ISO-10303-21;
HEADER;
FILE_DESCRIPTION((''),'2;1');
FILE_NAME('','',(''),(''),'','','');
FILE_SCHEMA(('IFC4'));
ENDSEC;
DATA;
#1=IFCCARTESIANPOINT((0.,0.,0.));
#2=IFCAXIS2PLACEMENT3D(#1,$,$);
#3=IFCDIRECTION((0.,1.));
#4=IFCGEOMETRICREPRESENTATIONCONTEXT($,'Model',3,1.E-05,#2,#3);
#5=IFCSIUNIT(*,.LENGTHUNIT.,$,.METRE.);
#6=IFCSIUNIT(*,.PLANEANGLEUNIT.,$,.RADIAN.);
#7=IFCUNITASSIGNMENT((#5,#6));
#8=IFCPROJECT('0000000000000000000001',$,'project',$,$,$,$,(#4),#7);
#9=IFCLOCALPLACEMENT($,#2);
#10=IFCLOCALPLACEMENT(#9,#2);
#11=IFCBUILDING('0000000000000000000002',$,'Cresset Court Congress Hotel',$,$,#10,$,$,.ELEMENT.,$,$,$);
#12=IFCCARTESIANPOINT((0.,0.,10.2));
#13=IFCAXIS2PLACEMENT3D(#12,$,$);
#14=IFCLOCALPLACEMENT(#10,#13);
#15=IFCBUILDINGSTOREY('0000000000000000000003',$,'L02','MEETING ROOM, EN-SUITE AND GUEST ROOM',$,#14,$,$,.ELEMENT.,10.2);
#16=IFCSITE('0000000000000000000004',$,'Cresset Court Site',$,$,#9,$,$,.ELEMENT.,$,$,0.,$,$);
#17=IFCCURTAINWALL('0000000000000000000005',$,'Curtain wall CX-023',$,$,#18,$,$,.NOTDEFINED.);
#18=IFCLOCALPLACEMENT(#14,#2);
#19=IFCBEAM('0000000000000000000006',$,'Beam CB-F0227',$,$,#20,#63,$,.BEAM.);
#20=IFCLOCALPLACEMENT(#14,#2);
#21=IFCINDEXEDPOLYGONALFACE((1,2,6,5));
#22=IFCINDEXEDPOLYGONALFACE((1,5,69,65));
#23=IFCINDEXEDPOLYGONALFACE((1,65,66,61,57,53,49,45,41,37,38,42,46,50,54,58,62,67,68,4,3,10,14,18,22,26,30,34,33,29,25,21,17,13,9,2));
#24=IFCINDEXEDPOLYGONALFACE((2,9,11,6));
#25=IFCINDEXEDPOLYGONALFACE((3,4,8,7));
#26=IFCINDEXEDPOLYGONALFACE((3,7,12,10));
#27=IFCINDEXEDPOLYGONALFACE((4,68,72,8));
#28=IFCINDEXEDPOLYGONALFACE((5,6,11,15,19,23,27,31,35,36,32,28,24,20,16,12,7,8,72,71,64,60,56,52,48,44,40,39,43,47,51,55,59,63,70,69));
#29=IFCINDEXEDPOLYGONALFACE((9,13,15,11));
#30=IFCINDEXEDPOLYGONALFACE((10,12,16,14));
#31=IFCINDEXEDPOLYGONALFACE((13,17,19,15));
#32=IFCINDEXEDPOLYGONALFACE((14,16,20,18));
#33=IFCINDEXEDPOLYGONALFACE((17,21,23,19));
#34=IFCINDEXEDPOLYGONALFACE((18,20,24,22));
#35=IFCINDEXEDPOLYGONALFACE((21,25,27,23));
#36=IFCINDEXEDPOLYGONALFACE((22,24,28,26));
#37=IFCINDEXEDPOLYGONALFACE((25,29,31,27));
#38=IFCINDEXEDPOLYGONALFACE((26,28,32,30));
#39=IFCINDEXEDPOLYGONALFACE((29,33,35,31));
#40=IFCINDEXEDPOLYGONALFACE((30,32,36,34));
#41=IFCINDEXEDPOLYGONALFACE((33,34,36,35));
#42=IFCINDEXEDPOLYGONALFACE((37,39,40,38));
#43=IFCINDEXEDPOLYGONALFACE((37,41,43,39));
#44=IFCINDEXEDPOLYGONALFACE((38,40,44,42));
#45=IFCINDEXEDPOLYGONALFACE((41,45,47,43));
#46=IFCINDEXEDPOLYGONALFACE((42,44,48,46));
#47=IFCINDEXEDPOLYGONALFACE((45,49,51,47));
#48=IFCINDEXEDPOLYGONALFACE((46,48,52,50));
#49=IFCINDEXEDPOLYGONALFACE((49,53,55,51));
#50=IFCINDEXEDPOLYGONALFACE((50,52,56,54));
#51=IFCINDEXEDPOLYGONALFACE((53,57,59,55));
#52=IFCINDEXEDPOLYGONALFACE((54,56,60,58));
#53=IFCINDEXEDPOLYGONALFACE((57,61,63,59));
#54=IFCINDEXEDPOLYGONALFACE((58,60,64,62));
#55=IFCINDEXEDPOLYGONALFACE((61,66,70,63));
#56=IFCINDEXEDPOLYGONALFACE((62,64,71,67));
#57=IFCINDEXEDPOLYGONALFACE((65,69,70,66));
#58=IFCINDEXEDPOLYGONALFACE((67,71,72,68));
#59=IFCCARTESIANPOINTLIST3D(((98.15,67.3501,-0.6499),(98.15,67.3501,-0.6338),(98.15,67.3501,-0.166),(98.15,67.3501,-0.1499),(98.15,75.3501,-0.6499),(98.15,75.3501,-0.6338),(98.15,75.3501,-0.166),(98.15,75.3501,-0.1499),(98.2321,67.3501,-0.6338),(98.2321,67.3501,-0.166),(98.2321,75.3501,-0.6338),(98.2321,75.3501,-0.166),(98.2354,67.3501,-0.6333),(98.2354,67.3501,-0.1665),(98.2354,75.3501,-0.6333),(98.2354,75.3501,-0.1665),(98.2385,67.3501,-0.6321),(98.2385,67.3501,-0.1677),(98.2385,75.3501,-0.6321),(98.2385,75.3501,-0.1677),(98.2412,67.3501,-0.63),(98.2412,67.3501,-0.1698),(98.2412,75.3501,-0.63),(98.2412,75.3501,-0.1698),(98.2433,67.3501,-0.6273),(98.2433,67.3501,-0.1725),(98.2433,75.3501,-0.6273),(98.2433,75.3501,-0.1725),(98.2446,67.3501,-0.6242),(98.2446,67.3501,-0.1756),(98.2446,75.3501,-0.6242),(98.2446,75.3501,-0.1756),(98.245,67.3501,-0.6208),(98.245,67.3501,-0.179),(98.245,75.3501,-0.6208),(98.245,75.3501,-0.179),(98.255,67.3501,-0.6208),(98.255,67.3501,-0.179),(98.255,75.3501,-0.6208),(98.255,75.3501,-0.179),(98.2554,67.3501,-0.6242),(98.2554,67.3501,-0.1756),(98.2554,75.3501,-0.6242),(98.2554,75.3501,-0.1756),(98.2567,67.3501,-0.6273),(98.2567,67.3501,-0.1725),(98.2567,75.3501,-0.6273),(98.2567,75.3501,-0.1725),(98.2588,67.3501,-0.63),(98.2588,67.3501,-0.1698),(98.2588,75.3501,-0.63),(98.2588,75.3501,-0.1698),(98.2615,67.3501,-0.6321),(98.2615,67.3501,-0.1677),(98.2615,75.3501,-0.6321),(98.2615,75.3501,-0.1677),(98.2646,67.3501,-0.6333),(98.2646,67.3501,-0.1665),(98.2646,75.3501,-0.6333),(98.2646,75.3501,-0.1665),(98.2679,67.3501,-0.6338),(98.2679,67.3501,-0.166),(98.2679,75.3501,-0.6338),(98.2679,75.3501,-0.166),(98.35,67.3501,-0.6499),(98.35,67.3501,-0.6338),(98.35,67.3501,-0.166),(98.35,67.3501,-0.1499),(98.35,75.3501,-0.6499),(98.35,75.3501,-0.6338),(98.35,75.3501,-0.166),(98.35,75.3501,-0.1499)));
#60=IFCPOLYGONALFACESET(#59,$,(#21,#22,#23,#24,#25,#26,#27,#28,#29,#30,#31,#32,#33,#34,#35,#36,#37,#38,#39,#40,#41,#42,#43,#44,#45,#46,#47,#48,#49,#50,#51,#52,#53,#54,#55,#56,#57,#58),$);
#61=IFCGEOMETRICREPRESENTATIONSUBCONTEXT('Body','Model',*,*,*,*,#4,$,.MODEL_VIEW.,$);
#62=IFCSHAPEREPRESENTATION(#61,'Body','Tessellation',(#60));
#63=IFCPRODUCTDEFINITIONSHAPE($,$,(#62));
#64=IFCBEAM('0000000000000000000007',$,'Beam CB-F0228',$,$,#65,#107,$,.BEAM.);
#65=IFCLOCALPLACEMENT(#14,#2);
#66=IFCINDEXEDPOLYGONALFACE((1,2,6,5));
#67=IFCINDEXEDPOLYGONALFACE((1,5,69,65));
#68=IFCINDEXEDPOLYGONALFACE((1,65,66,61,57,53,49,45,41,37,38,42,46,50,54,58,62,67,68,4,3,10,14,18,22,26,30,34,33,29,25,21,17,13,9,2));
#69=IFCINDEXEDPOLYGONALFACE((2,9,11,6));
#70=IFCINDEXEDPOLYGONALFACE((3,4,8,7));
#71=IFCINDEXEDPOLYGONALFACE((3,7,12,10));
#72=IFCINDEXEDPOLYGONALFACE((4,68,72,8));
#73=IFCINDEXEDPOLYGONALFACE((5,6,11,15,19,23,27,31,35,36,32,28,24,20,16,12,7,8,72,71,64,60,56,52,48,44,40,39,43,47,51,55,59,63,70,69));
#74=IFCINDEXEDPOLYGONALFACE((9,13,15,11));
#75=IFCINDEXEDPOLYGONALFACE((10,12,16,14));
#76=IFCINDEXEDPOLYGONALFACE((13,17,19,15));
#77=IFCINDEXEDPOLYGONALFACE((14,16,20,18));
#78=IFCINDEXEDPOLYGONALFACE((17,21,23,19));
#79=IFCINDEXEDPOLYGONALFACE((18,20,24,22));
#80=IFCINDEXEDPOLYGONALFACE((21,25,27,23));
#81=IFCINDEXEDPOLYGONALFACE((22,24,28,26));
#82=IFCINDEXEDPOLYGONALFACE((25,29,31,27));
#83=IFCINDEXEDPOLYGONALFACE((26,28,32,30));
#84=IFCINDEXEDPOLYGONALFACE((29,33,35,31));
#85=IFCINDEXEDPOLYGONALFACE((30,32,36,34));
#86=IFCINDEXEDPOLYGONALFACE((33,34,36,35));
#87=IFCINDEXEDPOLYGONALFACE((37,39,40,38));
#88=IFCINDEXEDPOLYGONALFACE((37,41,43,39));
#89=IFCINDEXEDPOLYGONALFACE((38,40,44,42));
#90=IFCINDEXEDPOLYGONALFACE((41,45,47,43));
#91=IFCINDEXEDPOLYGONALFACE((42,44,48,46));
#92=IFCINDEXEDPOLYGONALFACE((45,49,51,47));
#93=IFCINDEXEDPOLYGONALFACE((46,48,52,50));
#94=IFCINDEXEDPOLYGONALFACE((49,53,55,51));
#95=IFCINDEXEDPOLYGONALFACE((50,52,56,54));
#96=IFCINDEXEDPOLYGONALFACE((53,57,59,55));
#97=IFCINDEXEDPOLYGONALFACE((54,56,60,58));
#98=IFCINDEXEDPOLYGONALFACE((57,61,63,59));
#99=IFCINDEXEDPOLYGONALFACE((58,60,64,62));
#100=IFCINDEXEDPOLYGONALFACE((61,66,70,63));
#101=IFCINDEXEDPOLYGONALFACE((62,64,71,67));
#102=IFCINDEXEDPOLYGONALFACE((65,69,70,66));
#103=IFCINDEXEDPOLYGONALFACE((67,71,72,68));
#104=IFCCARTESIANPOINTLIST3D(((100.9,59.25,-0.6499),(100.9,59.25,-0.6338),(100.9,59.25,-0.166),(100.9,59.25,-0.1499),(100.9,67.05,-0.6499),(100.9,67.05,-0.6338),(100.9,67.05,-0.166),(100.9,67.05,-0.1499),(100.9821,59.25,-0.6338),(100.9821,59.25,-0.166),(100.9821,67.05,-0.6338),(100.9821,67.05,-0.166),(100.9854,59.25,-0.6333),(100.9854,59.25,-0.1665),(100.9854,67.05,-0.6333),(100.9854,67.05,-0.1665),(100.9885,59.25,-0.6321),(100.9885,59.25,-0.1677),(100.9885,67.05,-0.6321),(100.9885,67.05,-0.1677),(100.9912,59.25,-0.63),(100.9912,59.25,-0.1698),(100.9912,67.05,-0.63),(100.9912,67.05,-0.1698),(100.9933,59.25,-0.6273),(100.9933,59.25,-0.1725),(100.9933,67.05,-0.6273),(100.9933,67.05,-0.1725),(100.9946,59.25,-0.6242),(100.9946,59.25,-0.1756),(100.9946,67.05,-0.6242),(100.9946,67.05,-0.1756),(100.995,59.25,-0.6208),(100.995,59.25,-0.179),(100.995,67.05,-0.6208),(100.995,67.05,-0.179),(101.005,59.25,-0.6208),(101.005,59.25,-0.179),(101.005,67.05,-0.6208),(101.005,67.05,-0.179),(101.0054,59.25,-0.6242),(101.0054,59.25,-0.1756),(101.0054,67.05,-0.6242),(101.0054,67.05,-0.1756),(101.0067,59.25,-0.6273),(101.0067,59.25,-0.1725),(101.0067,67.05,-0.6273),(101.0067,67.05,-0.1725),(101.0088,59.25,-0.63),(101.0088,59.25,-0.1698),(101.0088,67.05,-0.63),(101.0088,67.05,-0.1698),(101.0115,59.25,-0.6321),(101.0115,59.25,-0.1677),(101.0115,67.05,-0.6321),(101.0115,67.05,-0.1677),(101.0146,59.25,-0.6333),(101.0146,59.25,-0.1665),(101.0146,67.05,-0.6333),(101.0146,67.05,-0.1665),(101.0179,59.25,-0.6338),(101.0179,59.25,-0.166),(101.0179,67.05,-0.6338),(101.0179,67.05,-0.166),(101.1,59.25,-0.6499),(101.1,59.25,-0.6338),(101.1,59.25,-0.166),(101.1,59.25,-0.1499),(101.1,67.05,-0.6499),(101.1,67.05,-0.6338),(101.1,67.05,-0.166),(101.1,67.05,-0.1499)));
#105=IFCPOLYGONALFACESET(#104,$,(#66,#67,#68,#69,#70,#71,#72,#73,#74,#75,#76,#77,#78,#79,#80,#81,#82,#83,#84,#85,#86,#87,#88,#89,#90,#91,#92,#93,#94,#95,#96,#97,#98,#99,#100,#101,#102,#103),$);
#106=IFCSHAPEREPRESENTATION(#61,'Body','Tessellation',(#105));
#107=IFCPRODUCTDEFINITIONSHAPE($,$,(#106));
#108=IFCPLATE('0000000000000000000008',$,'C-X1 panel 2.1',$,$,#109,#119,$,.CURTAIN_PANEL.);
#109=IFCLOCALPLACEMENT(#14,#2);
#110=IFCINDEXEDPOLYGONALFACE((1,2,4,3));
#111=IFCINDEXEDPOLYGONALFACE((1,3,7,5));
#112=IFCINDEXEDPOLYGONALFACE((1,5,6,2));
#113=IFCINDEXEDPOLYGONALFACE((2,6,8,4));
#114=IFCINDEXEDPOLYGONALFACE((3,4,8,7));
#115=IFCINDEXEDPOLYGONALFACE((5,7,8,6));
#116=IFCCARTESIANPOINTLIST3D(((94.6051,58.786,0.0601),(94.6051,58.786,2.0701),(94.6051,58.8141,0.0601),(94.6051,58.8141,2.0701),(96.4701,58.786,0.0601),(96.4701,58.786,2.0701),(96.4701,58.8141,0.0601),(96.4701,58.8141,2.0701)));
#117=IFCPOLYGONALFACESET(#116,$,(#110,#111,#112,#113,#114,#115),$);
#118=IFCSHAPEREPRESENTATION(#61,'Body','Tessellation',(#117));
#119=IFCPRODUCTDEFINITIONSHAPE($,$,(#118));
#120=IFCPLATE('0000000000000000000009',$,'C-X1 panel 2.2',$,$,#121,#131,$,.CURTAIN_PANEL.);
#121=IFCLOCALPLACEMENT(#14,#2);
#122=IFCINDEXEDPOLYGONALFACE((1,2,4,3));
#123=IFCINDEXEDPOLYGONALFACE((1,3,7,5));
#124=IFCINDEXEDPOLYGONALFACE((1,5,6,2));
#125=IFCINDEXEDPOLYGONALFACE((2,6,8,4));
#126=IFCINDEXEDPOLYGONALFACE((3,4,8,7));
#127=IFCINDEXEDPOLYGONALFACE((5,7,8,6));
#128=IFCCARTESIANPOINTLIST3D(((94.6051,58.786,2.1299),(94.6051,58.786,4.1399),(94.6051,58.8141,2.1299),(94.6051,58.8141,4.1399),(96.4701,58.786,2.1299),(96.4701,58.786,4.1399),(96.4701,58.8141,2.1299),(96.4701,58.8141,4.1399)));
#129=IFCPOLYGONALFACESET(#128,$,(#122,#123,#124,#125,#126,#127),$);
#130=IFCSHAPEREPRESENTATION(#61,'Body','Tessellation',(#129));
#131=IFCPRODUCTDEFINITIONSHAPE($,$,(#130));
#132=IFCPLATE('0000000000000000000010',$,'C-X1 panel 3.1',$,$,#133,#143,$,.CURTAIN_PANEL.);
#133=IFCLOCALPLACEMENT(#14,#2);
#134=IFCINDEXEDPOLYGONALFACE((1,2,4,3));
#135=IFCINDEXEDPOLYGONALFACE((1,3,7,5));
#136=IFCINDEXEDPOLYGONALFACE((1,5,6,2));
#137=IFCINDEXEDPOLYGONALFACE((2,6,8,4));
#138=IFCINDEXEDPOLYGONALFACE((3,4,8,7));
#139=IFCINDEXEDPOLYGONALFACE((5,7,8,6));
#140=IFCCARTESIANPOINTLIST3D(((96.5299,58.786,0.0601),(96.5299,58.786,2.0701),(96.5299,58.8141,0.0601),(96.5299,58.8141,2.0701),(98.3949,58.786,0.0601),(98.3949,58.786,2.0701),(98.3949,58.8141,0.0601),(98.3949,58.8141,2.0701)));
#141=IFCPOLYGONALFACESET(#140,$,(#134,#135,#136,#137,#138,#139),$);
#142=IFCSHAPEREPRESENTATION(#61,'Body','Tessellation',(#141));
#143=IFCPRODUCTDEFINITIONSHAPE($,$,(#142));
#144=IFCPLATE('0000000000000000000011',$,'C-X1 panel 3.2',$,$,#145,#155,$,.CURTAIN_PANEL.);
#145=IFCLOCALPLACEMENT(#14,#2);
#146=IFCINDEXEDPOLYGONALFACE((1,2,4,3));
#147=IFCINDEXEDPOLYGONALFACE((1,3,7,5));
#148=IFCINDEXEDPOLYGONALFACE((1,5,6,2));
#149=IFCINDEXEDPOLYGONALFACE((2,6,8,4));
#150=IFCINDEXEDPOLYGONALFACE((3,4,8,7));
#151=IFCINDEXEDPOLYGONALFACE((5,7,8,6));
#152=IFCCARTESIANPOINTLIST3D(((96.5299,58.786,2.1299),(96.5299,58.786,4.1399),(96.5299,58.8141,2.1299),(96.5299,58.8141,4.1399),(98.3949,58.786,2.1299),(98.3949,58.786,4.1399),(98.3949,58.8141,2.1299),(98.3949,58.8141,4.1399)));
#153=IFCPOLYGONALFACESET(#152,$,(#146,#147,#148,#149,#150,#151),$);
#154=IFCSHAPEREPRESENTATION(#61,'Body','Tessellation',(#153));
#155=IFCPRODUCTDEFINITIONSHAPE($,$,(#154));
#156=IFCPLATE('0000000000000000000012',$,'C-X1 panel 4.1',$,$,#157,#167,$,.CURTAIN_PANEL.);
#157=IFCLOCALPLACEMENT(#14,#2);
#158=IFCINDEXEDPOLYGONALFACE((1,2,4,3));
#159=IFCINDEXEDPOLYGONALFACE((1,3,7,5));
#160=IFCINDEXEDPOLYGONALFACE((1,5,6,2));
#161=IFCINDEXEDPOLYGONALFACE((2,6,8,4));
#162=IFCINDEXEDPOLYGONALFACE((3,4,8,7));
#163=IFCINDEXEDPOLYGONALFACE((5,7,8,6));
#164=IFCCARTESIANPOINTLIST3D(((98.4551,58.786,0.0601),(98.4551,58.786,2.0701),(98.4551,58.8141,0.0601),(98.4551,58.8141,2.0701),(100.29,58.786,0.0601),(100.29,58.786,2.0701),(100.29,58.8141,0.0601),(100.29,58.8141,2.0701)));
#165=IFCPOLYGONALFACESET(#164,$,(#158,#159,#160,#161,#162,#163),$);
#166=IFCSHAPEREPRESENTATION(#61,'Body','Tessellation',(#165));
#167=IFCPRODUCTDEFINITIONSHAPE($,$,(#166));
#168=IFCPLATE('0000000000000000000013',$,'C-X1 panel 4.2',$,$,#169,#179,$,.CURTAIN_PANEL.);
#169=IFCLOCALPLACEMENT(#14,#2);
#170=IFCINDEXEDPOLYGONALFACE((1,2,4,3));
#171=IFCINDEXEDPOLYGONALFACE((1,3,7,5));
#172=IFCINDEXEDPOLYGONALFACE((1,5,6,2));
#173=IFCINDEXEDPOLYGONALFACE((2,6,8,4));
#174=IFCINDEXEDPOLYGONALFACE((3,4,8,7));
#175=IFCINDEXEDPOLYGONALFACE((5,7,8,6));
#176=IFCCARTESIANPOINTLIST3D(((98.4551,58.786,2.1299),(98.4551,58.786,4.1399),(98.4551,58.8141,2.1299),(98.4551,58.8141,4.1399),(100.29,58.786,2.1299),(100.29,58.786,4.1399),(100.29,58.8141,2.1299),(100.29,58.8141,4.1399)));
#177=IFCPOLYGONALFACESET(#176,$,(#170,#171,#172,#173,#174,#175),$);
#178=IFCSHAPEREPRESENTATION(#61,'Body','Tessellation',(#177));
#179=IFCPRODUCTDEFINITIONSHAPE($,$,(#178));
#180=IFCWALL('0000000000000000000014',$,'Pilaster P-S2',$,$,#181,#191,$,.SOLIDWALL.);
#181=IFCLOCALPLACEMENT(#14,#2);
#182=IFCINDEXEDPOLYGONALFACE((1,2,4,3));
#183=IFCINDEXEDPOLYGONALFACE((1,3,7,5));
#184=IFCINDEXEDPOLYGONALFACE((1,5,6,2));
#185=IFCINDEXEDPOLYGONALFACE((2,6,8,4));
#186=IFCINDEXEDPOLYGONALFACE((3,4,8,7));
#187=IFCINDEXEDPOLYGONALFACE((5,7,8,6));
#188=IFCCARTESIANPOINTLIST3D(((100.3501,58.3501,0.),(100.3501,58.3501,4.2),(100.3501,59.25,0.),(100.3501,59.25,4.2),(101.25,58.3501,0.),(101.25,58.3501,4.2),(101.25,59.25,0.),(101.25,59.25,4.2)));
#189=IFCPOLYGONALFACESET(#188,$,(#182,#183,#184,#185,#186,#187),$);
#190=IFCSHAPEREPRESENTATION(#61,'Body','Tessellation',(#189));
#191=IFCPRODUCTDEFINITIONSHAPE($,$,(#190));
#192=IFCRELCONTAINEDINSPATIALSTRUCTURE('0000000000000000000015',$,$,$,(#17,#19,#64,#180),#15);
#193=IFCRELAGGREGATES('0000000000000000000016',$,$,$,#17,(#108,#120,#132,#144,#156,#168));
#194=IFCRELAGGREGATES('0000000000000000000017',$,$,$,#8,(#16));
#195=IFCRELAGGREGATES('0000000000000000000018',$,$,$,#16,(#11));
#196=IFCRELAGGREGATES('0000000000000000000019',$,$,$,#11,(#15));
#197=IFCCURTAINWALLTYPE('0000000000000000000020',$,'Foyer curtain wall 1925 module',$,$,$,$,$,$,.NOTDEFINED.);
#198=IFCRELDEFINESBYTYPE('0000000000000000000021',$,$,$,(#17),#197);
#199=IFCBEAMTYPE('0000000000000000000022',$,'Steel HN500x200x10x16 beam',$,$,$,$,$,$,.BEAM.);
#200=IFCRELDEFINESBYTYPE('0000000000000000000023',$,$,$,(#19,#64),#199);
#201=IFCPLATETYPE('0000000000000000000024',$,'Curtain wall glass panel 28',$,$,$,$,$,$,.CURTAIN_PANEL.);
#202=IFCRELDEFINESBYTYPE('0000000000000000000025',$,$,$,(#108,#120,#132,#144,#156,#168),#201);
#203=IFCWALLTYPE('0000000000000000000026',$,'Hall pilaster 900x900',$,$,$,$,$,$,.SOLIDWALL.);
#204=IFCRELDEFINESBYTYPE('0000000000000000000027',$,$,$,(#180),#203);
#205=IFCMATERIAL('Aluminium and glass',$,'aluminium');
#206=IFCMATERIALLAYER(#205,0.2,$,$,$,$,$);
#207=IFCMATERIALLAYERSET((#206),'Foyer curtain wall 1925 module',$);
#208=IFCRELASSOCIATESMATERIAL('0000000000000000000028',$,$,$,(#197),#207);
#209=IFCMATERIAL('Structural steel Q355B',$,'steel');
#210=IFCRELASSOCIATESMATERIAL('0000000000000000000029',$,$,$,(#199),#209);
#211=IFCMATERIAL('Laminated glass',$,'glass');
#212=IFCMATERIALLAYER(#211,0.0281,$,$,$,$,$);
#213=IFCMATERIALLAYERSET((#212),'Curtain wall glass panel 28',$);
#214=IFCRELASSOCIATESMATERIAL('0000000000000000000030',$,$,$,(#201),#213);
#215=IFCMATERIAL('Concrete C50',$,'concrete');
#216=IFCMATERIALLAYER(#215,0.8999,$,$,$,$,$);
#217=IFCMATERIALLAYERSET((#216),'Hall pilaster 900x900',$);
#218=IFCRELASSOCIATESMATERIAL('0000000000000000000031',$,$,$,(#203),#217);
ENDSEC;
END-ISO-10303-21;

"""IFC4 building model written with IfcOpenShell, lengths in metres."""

from ifc_helpers import new_model, si_unit, direction, frame, frame_2d, origin, origin_2d, place, context, subcontext, project, spatial, rectangle, i_section, extrude, material, layer, layer_set, material_profile, profile_set, type_object, element, aggregate, save


model = new_model("IFC4")

# Units and contexts
model_context = context("Model", 3, precision=1e-05, world=origin(), true_north=direction((0.0, 1.0)))
body_context = subcontext(model_context, "Body", "Model", "MODEL_VIEW")
ifc_project = project(units=[si_unit("LENGTHUNIT", "METRE"), si_unit("PLANEANGLEUNIT", "RADIAN")], contexts=[model_context])

# Site, building, storey
site_placement = place(None, origin())
site = spatial("IfcSite", under=ifc_project, at=site_placement, Name="Cresset Court Site", CompositionType="ELEMENT", RefElevation=0.0)
building_placement = place(site_placement, origin())
building = spatial("IfcBuilding", under=site, at=building_placement, Name="Cresset Court Congress Hotel", CompositionType="ELEMENT")
storey_placement = place(building_placement, frame((0.0, 0.0, 10.2)))
storey = spatial("IfcBuildingStorey", under=building, at=storey_placement, Name="L02", Description="MEETING ROOM, EN-SUITE AND GUEST ROOM", CompositionType="ELEMENT", Elevation=10.2)

# Curtain wall
ifc_material_1 = material(Name="Aluminium and glass", Category="aluminium")
ifc_layer_1 = layer(ifc_material_1, 0.2)
ifc_layer_set_1 = layer_set([ifc_layer_1], Name="Foyer curtain wall 1925 module")
curtain_wall_type = type_object("IfcCurtainWallType", Name="Foyer curtain wall 1925 module", PredefinedType="NOTDEFINED", material=ifc_layer_set_1)
curtain_wall_placement = place(storey_placement, origin())
curtain_wall = element("IfcCurtainWall", 1, at=curtain_wall_placement, inside=storey, type_object=curtain_wall_type, Name="Curtain wall CX-023", PredefinedType="NOTDEFINED")

# Beams
ifc_material_2 = material(Name="Structural steel Q355B", Category="steel")
ifc_material_profile_1 = material_profile(ifc_material_2, i_section(OverallWidth=0.2, OverallDepth=0.5, WebThickness=0.01, FlangeThickness=0.0161, FilletRadius=0.0129, at=origin_2d()), Name="HN500x200x10x16")
ifc_profile_set_1 = profile_set([ifc_material_profile_1], Name="Structural steel Q355B")
beam_type = type_object("IfcBeamType", Name="Steel HN500x200x10x16 beam", PredefinedType="BEAM", material=ifc_profile_set_1)
beam_1_placement = place(storey_placement, frame((98.25, 67.3501, -0.3999), z_axis=(0.0, 1.0, 0.0), x_axis=(-1.0, 0.0, 0.0)))
element("IfcBeam", 2, at=beam_1_placement, inside=storey, type_object=beam_type, Name="Beam CB-F0227", PredefinedType="BEAM", context=body_context, shape_type="SweptSolid", body=[
    extrude(i_section(OverallWidth=0.2, OverallDepth=0.5, WebThickness=0.01, FlangeThickness=0.0161, FilletRadius=0.0129, at=origin_2d()), origin(), (0.0, 0.0, 1.0), 8.0),
])
beam_2_placement = place(storey_placement, frame((101.0, 59.25, -0.3999), z_axis=(0.0, 1.0, 0.0), x_axis=(-1.0, 0.0, 0.0)))
element("IfcBeam", 3, at=beam_2_placement, inside=storey, type_object=beam_type, Name="Beam CB-F0228", PredefinedType="BEAM", context=body_context, shape_type="SweptSolid", body=[
    extrude(i_section(OverallWidth=0.2, OverallDepth=0.5, WebThickness=0.01, FlangeThickness=0.0161, FilletRadius=0.0129, at=origin_2d()), origin(), (0.0, 0.0, 1.0), 7.8),
])

# Plates
ifc_material_3 = material(Name="Laminated glass", Category="glass")
ifc_layer_2 = layer(ifc_material_3, 0.0281)
ifc_layer_set_2 = layer_set([ifc_layer_2], Name="Curtain wall glass panel 28")
plate_type = type_object("IfcPlateType", Name="Curtain wall glass panel 28", PredefinedType="CURTAIN_PANEL", material=ifc_layer_set_2)
plate_1_placement = place(storey_placement, frame((95.5376, 58.8, 0.0601), z_axis=(0.0, 0.0, 1.0), x_axis=(1.0, 0.0, 0.0)))
plate_1 = element("IfcPlate", 4, at=plate_1_placement, type_object=plate_type, Name="C-X1 panel 2.1", PredefinedType="CURTAIN_PANEL", context=body_context, shape_type="SweptSolid", body=[
    extrude(rectangle(XDim=1.865, YDim=0.0281, at=origin_2d()), origin(), (0.0, 0.0, 1.0), 2.01),
])
plate_2_placement = place(storey_placement, frame((95.5376, 58.8, 2.1299), z_axis=(0.0, 0.0, 1.0), x_axis=(1.0, 0.0, 0.0)))
plate_2 = element("IfcPlate", 5, at=plate_2_placement, type_object=plate_type, Name="C-X1 panel 2.2", PredefinedType="CURTAIN_PANEL", context=body_context, shape_type="SweptSolid", body=[
    extrude(rectangle(XDim=1.865, YDim=0.0281, at=origin_2d()), origin(), (0.0, 0.0, 1.0), 2.01),
])
plate_3_placement = place(storey_placement, frame((97.4624, 58.8, 0.0601), z_axis=(0.0, 0.0, 1.0), x_axis=(1.0, 0.0, 0.0)))
plate_3 = element("IfcPlate", 6, at=plate_3_placement, type_object=plate_type, Name="C-X1 panel 3.1", PredefinedType="CURTAIN_PANEL", context=body_context, shape_type="SweptSolid", body=[
    extrude(rectangle(XDim=1.865, YDim=0.0281, at=origin_2d()), origin(), (0.0, 0.0, 1.0), 2.01),
])
plate_4_placement = place(storey_placement, frame((97.4624, 58.8, 2.1299), z_axis=(0.0, 0.0, 1.0), x_axis=(1.0, 0.0, 0.0)))
plate_4 = element("IfcPlate", 7, at=plate_4_placement, type_object=plate_type, Name="C-X1 panel 3.2", PredefinedType="CURTAIN_PANEL", context=body_context, shape_type="SweptSolid", body=[
    extrude(rectangle(XDim=1.865, YDim=0.0281, at=origin_2d()), origin(), (0.0, 0.0, 1.0), 2.01),
])
plate_5_placement = place(storey_placement, frame((99.3726, 58.8, 0.0601), z_axis=(0.0, 0.0, 1.0), x_axis=(1.0, 0.0, 0.0)))
plate_5 = element("IfcPlate", 8, at=plate_5_placement, type_object=plate_type, Name="C-X1 panel 4.1", PredefinedType="CURTAIN_PANEL", context=body_context, shape_type="SweptSolid", body=[
    extrude(rectangle(XDim=1.835, YDim=0.0281, at=origin_2d()), origin(), (0.0, 0.0, 1.0), 2.01),
])
plate_6_placement = place(storey_placement, frame((99.3726, 58.8, 2.1299), z_axis=(0.0, 0.0, 1.0), x_axis=(1.0, 0.0, 0.0)))
plate_6 = element("IfcPlate", 9, at=plate_6_placement, type_object=plate_type, Name="C-X1 panel 4.2", PredefinedType="CURTAIN_PANEL", context=body_context, shape_type="SweptSolid", body=[
    extrude(rectangle(XDim=1.835, YDim=0.0281, at=origin_2d()), origin(), (0.0, 0.0, 1.0), 2.01),
])
aggregate(curtain_wall, [plate_1, plate_2, plate_3, plate_4, plate_5, plate_6])

# Wall
ifc_material_4 = material(Name="Concrete C50", Category="concrete")
ifc_layer_3 = layer(ifc_material_4, 0.8999)
ifc_layer_set_3 = layer_set([ifc_layer_3], Name="Hall pilaster 900x900")
wall_type = type_object("IfcWallType", Name="Hall pilaster 900x900", PredefinedType="SOLIDWALL", material=ifc_layer_set_3)
wall_placement = place(storey_placement, frame((100.3501, 58.8, 0.0), z_axis=(0.0, 0.0, 1.0), x_axis=(1.0, 0.0, 0.0)))
element("IfcWall", 10, at=wall_placement, inside=storey, type_object=wall_type, Name="Pilaster P-S2", PredefinedType="SOLIDWALL", context=body_context, shape_type="SweptSolid", body=[
    extrude(rectangle(XDim=0.8999, YDim=0.8999, at=frame_2d((0.45, 0.0))), origin(), (0.0, 0.0, 1.0), 4.2),
])

save(model, "model.ifc")
